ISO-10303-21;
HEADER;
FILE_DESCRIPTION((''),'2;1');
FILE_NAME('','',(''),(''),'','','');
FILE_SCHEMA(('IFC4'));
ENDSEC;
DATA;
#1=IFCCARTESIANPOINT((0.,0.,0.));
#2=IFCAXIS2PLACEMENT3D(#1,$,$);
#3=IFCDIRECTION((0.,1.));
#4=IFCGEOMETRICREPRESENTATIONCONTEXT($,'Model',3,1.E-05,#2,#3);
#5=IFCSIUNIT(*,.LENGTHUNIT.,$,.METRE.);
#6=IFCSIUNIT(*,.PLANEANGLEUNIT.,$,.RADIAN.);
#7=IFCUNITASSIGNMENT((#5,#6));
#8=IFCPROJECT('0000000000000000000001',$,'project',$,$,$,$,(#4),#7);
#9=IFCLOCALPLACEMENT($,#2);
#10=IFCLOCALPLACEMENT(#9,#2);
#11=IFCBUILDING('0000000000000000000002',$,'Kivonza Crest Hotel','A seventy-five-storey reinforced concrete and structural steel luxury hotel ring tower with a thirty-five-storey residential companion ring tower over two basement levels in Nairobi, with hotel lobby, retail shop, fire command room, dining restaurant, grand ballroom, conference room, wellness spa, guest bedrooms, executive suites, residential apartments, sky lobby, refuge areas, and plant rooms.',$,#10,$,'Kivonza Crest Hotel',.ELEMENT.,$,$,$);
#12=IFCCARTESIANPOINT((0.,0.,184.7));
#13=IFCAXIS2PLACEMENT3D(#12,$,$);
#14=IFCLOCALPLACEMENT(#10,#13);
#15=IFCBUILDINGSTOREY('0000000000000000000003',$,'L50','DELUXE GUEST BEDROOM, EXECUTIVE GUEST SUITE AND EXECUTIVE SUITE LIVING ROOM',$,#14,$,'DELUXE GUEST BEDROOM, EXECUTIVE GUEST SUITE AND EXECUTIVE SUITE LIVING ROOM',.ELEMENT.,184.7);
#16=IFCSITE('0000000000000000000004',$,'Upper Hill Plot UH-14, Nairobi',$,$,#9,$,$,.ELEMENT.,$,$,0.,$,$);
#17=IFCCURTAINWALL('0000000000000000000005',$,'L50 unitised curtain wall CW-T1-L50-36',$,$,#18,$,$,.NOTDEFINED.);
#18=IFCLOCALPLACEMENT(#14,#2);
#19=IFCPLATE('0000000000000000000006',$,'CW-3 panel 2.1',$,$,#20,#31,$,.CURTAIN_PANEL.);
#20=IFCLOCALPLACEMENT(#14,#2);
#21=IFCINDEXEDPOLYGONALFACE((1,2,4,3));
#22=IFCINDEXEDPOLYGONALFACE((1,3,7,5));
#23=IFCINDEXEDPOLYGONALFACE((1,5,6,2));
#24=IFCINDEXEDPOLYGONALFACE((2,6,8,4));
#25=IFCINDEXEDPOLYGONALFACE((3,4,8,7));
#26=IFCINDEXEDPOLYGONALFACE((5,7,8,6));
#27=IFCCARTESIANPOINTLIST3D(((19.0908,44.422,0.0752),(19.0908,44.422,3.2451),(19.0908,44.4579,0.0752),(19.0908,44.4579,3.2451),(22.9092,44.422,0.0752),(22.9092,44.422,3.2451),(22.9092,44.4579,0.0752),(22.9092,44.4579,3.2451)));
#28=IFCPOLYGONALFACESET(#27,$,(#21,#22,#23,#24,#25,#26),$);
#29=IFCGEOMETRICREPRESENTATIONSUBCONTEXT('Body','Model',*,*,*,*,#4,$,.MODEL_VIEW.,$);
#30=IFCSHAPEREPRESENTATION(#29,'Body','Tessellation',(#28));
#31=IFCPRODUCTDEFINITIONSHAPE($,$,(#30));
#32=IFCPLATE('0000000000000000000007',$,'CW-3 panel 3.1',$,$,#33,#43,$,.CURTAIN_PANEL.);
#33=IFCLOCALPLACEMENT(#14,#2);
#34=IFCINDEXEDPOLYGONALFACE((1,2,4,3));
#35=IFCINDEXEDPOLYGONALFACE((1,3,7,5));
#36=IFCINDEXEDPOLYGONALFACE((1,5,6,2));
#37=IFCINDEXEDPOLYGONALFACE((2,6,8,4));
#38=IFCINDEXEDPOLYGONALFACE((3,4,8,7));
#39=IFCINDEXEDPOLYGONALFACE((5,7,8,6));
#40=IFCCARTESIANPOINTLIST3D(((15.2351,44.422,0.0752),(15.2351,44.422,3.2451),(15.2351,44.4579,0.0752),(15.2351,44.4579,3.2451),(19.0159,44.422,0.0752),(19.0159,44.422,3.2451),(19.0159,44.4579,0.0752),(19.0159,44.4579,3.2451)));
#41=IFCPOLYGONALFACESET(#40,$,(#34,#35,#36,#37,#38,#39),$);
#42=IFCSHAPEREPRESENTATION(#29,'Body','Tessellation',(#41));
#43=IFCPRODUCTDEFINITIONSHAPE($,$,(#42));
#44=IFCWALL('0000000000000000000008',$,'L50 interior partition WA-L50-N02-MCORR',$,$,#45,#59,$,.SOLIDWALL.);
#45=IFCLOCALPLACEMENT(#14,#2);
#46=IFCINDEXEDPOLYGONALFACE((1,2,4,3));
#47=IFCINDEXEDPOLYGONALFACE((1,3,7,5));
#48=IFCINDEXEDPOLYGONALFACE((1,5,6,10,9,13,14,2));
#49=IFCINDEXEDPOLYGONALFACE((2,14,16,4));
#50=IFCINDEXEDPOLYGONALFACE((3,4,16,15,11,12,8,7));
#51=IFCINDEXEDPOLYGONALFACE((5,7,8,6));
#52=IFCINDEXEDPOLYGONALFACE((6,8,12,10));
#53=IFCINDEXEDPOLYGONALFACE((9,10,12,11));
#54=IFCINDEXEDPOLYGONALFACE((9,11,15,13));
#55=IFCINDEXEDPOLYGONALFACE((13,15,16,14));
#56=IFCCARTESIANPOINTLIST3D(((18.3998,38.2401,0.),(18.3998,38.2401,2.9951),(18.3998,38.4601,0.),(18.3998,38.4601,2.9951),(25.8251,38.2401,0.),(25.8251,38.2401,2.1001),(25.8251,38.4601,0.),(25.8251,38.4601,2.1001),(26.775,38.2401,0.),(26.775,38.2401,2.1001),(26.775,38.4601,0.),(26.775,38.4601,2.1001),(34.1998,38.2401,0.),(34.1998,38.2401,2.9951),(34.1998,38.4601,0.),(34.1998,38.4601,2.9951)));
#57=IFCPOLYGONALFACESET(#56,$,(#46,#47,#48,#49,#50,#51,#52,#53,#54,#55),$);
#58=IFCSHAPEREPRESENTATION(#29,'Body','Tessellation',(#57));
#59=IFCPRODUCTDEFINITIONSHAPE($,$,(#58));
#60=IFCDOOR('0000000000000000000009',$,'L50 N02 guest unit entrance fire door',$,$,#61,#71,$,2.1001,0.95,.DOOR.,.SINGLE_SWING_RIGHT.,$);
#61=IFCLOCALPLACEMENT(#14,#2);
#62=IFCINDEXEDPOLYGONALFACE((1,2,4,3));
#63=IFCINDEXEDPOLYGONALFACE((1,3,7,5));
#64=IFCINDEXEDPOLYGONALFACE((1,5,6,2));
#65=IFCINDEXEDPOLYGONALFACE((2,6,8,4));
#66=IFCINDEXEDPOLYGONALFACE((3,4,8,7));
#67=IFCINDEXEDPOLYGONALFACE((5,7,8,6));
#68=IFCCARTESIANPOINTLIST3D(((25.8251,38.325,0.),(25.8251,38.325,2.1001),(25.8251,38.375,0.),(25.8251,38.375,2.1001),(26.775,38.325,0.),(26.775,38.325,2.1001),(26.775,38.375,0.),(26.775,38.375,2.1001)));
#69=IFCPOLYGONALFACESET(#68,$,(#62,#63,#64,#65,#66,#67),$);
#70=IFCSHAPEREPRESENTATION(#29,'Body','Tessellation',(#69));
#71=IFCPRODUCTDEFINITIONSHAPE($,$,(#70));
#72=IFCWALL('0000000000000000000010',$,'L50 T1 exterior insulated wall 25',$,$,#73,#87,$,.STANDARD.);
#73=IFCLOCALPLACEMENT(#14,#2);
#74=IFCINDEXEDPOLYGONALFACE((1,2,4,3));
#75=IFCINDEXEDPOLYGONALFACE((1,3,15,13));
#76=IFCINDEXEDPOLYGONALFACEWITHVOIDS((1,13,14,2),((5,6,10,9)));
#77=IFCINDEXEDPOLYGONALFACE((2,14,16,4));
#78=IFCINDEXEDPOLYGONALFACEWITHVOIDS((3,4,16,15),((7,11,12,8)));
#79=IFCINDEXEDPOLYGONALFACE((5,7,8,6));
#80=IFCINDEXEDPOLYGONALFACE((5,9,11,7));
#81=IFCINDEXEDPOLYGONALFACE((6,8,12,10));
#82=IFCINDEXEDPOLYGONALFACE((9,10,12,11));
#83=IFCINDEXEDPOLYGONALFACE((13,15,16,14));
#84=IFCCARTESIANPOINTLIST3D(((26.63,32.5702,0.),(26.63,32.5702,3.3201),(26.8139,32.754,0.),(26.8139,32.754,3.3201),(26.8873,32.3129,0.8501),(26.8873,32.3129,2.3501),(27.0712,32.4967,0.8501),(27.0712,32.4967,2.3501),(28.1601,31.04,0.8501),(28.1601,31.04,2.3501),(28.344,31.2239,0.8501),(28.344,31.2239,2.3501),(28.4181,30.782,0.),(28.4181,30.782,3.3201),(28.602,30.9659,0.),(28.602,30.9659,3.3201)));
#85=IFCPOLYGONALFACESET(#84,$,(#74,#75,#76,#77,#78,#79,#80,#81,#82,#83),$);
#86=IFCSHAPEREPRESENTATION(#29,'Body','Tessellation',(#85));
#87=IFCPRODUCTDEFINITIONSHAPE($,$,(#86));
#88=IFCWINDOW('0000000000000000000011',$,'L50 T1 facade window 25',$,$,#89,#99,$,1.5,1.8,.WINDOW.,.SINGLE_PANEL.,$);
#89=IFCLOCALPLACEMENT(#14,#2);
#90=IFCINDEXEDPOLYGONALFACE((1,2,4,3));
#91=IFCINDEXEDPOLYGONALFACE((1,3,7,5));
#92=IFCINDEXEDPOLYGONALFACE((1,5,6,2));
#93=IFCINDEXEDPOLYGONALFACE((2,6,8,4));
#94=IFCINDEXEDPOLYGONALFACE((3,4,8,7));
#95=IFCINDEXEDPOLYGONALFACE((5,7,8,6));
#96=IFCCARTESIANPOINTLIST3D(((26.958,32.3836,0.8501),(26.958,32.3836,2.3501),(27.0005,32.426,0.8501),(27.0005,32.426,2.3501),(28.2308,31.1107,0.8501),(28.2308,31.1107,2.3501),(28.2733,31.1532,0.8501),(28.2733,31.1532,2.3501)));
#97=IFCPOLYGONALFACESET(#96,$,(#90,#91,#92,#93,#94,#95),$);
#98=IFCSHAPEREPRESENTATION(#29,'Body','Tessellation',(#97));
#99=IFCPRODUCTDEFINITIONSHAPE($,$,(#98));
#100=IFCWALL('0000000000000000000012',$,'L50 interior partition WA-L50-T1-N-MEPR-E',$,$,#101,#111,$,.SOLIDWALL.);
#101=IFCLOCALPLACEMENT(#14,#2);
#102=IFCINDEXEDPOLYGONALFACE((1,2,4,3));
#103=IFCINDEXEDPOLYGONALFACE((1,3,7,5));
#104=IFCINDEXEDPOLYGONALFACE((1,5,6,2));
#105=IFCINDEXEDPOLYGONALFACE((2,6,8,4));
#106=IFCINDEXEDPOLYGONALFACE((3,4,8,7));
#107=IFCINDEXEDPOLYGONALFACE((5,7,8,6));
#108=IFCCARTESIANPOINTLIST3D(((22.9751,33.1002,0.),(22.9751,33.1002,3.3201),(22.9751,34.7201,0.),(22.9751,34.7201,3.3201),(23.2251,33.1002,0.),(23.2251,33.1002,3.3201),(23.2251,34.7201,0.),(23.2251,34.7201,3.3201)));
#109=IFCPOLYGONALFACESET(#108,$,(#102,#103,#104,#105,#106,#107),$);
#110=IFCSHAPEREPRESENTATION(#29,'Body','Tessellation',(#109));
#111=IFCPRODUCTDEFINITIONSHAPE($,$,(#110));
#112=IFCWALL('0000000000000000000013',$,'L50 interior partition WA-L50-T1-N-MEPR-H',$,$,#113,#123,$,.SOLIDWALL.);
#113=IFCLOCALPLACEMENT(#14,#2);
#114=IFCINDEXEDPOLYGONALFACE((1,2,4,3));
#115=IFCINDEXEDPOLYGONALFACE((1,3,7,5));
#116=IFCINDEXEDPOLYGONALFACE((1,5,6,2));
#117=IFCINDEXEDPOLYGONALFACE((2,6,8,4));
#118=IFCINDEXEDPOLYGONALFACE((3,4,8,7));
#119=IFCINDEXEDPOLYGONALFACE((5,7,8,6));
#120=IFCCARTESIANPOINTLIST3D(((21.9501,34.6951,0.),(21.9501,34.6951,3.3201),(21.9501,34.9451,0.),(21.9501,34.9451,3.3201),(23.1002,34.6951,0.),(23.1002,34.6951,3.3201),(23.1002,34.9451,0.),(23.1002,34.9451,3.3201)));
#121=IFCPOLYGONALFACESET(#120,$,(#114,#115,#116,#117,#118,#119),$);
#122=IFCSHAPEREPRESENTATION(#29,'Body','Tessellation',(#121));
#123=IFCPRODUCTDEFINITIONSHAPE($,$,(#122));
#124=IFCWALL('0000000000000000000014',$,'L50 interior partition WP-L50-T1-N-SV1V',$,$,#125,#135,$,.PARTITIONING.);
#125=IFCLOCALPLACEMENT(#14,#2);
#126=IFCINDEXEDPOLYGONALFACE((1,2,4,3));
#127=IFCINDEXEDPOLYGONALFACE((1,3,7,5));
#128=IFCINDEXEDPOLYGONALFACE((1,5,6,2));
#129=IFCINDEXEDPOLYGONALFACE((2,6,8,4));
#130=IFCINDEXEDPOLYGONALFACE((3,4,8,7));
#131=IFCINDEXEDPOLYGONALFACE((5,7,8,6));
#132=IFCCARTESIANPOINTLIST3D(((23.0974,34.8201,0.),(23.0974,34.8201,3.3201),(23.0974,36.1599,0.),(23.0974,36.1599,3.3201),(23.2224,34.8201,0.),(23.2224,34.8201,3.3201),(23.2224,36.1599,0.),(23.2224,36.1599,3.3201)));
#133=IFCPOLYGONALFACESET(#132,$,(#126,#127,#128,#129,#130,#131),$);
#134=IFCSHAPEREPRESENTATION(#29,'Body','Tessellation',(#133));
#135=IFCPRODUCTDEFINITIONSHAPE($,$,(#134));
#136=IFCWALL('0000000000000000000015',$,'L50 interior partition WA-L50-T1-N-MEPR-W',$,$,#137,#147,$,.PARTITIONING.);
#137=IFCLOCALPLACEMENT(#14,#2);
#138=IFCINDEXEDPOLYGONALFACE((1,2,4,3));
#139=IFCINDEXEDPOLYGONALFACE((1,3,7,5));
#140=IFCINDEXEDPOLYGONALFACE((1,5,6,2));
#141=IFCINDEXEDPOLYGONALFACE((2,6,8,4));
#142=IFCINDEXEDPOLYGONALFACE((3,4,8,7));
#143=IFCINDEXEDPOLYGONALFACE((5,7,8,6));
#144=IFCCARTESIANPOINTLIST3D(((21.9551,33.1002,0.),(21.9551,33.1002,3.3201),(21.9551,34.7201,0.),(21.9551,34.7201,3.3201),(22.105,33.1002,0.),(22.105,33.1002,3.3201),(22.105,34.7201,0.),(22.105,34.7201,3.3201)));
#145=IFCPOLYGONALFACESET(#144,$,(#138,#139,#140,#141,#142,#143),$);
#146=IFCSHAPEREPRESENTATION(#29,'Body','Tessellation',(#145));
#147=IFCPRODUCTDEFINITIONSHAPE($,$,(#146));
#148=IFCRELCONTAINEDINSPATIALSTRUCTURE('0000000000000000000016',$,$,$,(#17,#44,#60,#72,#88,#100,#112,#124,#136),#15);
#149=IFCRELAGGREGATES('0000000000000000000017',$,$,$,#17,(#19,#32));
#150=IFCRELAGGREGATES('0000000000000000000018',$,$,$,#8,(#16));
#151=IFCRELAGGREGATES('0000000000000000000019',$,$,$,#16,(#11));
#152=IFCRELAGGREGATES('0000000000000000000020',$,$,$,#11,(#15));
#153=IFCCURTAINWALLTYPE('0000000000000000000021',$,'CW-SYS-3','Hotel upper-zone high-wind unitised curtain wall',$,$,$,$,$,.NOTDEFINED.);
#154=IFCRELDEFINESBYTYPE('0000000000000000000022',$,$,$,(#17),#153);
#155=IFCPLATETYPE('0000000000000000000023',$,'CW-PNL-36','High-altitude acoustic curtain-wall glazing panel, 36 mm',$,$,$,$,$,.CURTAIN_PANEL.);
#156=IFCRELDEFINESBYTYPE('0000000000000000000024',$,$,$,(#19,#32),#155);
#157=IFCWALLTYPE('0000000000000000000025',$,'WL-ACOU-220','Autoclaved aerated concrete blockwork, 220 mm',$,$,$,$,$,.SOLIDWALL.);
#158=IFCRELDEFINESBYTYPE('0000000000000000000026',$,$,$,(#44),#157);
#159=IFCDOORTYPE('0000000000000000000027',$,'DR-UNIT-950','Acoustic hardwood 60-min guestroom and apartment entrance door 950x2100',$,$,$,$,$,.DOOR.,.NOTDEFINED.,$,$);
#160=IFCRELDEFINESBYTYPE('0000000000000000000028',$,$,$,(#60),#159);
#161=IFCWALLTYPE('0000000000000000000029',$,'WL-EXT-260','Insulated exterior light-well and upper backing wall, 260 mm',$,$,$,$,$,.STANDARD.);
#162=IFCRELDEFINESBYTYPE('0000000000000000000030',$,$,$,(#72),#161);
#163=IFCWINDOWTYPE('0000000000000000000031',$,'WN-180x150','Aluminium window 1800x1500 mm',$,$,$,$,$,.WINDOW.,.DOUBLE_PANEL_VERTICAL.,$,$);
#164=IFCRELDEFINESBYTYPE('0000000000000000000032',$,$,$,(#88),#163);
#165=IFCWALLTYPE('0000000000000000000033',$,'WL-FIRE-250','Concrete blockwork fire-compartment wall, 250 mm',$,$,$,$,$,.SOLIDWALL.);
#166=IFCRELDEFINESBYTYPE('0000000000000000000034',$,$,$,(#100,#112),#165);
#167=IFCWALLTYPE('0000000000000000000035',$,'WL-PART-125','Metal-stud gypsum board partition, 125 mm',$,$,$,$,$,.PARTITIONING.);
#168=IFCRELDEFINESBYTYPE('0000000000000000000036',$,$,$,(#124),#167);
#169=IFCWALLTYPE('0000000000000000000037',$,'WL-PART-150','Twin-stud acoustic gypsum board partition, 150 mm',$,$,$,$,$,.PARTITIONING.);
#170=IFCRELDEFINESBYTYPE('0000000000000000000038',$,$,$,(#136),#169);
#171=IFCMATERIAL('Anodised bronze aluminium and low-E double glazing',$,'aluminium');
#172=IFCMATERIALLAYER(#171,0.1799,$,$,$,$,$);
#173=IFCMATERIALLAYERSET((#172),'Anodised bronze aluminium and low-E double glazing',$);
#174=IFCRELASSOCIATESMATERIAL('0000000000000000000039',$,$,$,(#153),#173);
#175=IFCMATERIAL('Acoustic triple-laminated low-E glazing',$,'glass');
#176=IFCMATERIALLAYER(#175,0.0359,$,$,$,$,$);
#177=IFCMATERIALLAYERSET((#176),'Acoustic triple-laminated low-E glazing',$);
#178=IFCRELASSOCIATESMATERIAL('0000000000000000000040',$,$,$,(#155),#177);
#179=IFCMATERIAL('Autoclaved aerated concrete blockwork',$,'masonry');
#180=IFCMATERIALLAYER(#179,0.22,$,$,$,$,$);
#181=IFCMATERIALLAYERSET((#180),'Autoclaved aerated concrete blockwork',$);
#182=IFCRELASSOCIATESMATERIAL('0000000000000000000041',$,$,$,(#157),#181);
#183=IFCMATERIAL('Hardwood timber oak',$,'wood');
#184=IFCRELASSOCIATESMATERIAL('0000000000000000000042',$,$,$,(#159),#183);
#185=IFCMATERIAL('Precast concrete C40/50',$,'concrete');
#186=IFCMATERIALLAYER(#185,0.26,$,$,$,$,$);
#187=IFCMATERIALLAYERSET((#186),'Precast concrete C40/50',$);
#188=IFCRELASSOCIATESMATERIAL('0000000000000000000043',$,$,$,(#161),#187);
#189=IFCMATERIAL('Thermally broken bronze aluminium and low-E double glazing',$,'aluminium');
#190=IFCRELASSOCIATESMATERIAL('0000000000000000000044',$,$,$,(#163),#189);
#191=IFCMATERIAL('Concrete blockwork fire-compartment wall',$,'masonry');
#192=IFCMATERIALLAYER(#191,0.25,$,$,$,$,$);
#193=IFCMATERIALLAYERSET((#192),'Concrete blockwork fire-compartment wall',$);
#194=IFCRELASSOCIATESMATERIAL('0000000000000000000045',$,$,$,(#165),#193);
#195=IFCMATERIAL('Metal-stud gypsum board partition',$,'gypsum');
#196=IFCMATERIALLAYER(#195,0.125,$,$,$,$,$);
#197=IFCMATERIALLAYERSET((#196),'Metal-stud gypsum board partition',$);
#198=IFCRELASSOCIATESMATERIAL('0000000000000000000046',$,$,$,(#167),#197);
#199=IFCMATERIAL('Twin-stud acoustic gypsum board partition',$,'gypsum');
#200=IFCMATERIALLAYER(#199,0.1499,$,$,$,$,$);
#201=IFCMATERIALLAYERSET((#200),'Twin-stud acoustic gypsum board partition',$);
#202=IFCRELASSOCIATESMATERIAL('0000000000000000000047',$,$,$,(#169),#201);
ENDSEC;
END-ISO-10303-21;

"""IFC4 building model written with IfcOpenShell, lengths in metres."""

from ifc_helpers import new_model, si_unit, direction, frame, frame_2d, origin, origin_2d, place, context, subcontext, project, spatial, rectangle, extrude, material, layer, layer_set, type_object, element, fill, aggregate, save


model = new_model("IFC4")

# Units and contexts
model_context = context("Model", 3, precision=1e-05, world=origin(), true_north=direction((0.0, 1.0)))
body_context = subcontext(model_context, "Body", "Model", "MODEL_VIEW")
ifc_project = project(units=[si_unit("LENGTHUNIT", "METRE"), si_unit("PLANEANGLEUNIT", "RADIAN")], contexts=[model_context])

# Site, building, storey
site_placement = place(None, origin())
site = spatial("IfcSite", under=ifc_project, at=site_placement, Name="Upper Hill Plot UH-14, Nairobi", CompositionType="ELEMENT", RefElevation=0.0)
building_placement = place(site_placement, origin())
building = spatial("IfcBuilding", under=site, at=building_placement, Name="Kivonza Crest Hotel", Description="A seventy-five-storey reinforced concrete and structural steel luxury hotel ring tower with a thirty-five-storey residential companion ring tower over two basement levels in Nairobi, with hotel lobby, retail shop, fire command room, dining restaurant, grand ballroom, conference room, wellness spa, guest bedrooms, executive suites, residential apartments, sky lobby, refuge areas, and plant rooms.", LongName="Kivonza Crest Hotel", CompositionType="ELEMENT")
storey_placement = place(building_placement, frame((0.0, 0.0, 184.7)))
storey = spatial("IfcBuildingStorey", under=building, at=storey_placement, Name="L50", Description="DELUXE GUEST BEDROOM, EXECUTIVE GUEST SUITE AND EXECUTIVE SUITE LIVING ROOM", LongName="DELUXE GUEST BEDROOM, EXECUTIVE GUEST SUITE AND EXECUTIVE SUITE LIVING ROOM", CompositionType="ELEMENT", Elevation=184.7)

# Curtain wall, plates
ifc_material_1 = material(Name="Anodised bronze aluminium and low-E double glazing", Category="aluminium")
ifc_layer_1 = layer(ifc_material_1, 0.1799)
ifc_layer_set_1 = layer_set([ifc_layer_1], Name="Anodised bronze aluminium and low-E double glazing")
curtain_wall_type = type_object("IfcCurtainWallType", Name="CW-SYS-3", Description="Hotel upper-zone high-wind unitised curtain wall", PredefinedType="NOTDEFINED", material=ifc_layer_set_1)
curtain_wall_placement = place(storey_placement, origin())
curtain_wall = element("IfcCurtainWall", 1, at=curtain_wall_placement, inside=storey, type_object=curtain_wall_type, Name="L50 unitised curtain wall CW-T1-L50-36", PredefinedType="NOTDEFINED")
ifc_material_2 = material(Name="Acoustic triple-laminated low-E glazing", Category="glass")
ifc_layer_2 = layer(ifc_material_2, 0.0359)
ifc_layer_set_2 = layer_set([ifc_layer_2], Name="Acoustic triple-laminated low-E glazing")
plate_type = type_object("IfcPlateType", Name="CW-PNL-36", Description="High-altitude acoustic curtain-wall glazing panel, 36 mm", PredefinedType="CURTAIN_PANEL", material=ifc_layer_set_2)
plate_1_placement = place(storey_placement, frame((21.0, 44.4399, 0.0752), z_axis=(0.0, 0.0, 1.0), x_axis=(-1.0, 0.0, 0.0)))
plate_1 = element("IfcPlate", 2, at=plate_1_placement, type_object=plate_type, Name="CW-3 panel 2.1", PredefinedType="CURTAIN_PANEL", context=body_context, shape_type="SweptSolid", body=[
    extrude(rectangle(XDim=3.8184, YDim=0.0359, at=origin_2d()), origin(), (0.0, 0.0, 1.0), 3.1699),
])
plate_2_placement = place(storey_placement, frame((17.1255, 44.4399, 0.0752), z_axis=(0.0, 0.0, 1.0), x_axis=(-1.0, 0.0, 0.0)))
plate_2 = element("IfcPlate", 3, at=plate_2_placement, type_object=plate_type, Name="CW-3 panel 3.1", PredefinedType="CURTAIN_PANEL", context=body_context, shape_type="SweptSolid", body=[
    extrude(rectangle(XDim=3.7808, YDim=0.0359, at=origin_2d()), origin(), (0.0, 0.0, 1.0), 3.1699),
])
aggregate(curtain_wall, [plate_1, plate_2])

# Wall, opening, door
ifc_material_3 = material(Name="Autoclaved aerated concrete blockwork", Category="masonry")
ifc_layer_3 = layer(ifc_material_3, 0.22)
ifc_layer_set_3 = layer_set([ifc_layer_3], Name="Autoclaved aerated concrete blockwork")
wall_type_1 = type_object("IfcWallType", Name="WL-ACOU-220", Description="Autoclaved aerated concrete blockwork, 220 mm", PredefinedType="SOLIDWALL", material=ifc_layer_set_3)
wall_1_placement = place(storey_placement, frame((18.3999, 38.3501, 0.0), z_axis=(0.0, 0.0, 1.0), x_axis=(1.0, 0.0, 0.0)))
wall_1 = element("IfcWall", 4, at=wall_1_placement, inside=storey, type_object=wall_type_1, Name="L50 interior partition WA-L50-N02-MCORR", PredefinedType="SOLIDWALL", context=body_context, shape_type="SweptSolid", body=[
    extrude(rectangle(XDim=15.8, YDim=0.22, at=frame_2d((7.8999, 0.0))), origin(), (0.0, 0.0, 1.0), 2.9951),
])
opening_1_placement = place(wall_1_placement, frame((7.425, 0.0, 0.0)))
opening_1 = element("IfcOpeningElement", 5, at=opening_1_placement, cuts=wall_1, PredefinedType="OPENING", context=body_context, shape_type="SweptSolid", body=[
    extrude(rectangle(XDim=0.95, YDim=2.1001, at=frame_2d((0.4751, 1.05))), frame((0.0, 0.1201, 0.0), z_axis=(0.0, -1.0, 0.0), x_axis=(1.0, 0.0, 0.0)), (0.0, 0.0, 1.0), 0.24),
])
ifc_material_4 = material(Name="Hardwood timber oak", Category="wood")
door_type_1 = type_object("IfcDoorType", Name="DR-UNIT-950", Description="Acoustic hardwood 60-min guestroom and apartment entrance door 950x2100", OperationType="NOTDEFINED", PredefinedType="DOOR", material=ifc_material_4)
door_1_placement = place(opening_1_placement, origin())
door_1 = element("IfcDoor", 6, at=door_1_placement, inside=storey, type_object=door_type_1, Name="L50 N02 guest unit entrance fire door", OperationType="SINGLE_SWING_RIGHT", OverallHeight=2.1001, OverallWidth=0.95, PredefinedType="DOOR", context=body_context, shape_type="SweptSolid", body=[
    extrude(rectangle(XDim=0.95, YDim=2.1001, at=frame_2d((0.4751, 1.05))), frame((0.0, 0.0249, 0.0), z_axis=(0.0, -1.0, 0.0), x_axis=(1.0, 0.0, 0.0)), (0.0, 0.0, 1.0), 0.05),
])
fill(opening_1, door_1)

# Wall, opening, window
ifc_material_5 = material(Name="Precast concrete C40/50", Category="concrete")
ifc_layer_4 = layer(ifc_material_5, 0.26)
ifc_layer_set_4 = layer_set([ifc_layer_4], Name="Precast concrete C40/50")
wall_type_2 = type_object("IfcWallType", Name="WL-EXT-260", Description="Insulated exterior light-well and upper backing wall, 260 mm", PredefinedType="STANDARD", material=ifc_layer_set_4)
wall_2_placement = place(storey_placement, frame((26.7219, 32.6621, 0.0), z_axis=(0.0, 0.0, 1.0), x_axis=(0.707107, -0.707107, 0.0)))
wall_2 = element("IfcWall", 7, at=wall_2_placement, inside=storey, type_object=wall_type_2, Name="L50 T1 exterior insulated wall 25", PredefinedType="STANDARD", context=body_context, shape_type="SweptSolid", body=[
    extrude(rectangle(XDim=2.5288, YDim=0.26, at=frame_2d((1.2644, 0.0))), origin(), (0.0, 0.0, 1.0), 3.3201),
])
opening_2_placement = place(wall_2_placement, frame((0.364, 0.0, 0.8501)))
opening_2 = element("IfcOpeningElement", 8, at=opening_2_placement, cuts=wall_2, PredefinedType="OPENING", context=body_context, shape_type="SweptSolid", body=[
    extrude(rectangle(XDim=1.8, YDim=1.5, at=frame_2d((0.8999, 0.75))), frame((0.0, 0.1401, 0.0), z_axis=(0.0, -1.0, 0.0), x_axis=(1.0, 0.0, 0.0)), (0.0, 0.0, 1.0), 0.28),
])
ifc_material_6 = material(Name="Thermally broken bronze aluminium and low-E double glazing", Category="aluminium")
window_type = type_object("IfcWindowType", Name="WN-180x150", Description="Aluminium window 1800x1500 mm", PartitioningType="DOUBLE_PANEL_VERTICAL", PredefinedType="WINDOW", material=ifc_material_6)
window_placement = place(opening_2_placement, origin())
window = element("IfcWindow", 9, at=window_placement, inside=storey, type_object=window_type, Name="L50 T1 facade window 25", OverallHeight=1.5, OverallWidth=1.8, PartitioningType="SINGLE_PANEL", PredefinedType="WINDOW", context=body_context, shape_type="SweptSolid", body=[
    extrude(rectangle(XDim=1.8, YDim=1.5, at=frame_2d((0.8999, 0.75))), frame((0.0, 0.03, 0.0), z_axis=(0.0, -1.0, 0.0), x_axis=(1.0, 0.0, 0.0)), (0.0, 0.0, 1.0), 0.0601),
])
fill(opening_2, window)

# Walls
ifc_material_7 = material(Name="Concrete blockwork fire-compartment wall", Category="masonry")
ifc_layer_5 = layer(ifc_material_7, 0.25)
ifc_layer_set_5 = layer_set([ifc_layer_5], Name="Concrete blockwork fire-compartment wall")
wall_type_3 = type_object("IfcWallType", Name="WL-FIRE-250", Description="Concrete blockwork fire-compartment wall, 250 mm", PredefinedType="SOLIDWALL", material=ifc_layer_set_5)
wall_3_placement = place(storey_placement, frame((23.1001, 33.1001, 0.0), z_axis=(0.0, 0.0, 1.0), x_axis=(0.0, 1.0, 0.0)))
element("IfcWall", 10, at=wall_3_placement, inside=storey, type_object=wall_type_3, Name="L50 interior partition WA-L50-T1-N-MEPR-E", PredefinedType="SOLIDWALL", context=body_context, shape_type="SweptSolid", body=[
    extrude(rectangle(XDim=1.6199, YDim=0.25, at=frame_2d((0.8101, 0.0))), origin(), (0.0, 0.0, 1.0), 3.3201),
])
wall_4_placement = place(storey_placement, frame((21.95, 34.8201, 0.0), z_axis=(0.0, 0.0, 1.0), x_axis=(1.0, 0.0, 0.0)))
element("IfcWall", 11, at=wall_4_placement, inside=storey, type_object=wall_type_3, Name="L50 interior partition WA-L50-T1-N-MEPR-H", PredefinedType="SOLIDWALL", context=body_context, shape_type="SweptSolid", body=[
    extrude(rectangle(XDim=1.1501, YDim=0.25, at=frame_2d((0.5752, 0.0))), origin(), (0.0, 0.0, 1.0), 3.3201),
])
ifc_material_8 = material(Name="Metal-stud gypsum board partition", Category="gypsum")
ifc_layer_6 = layer(ifc_material_8, 0.125)
ifc_layer_set_6 = layer_set([ifc_layer_6], Name="Metal-stud gypsum board partition")
wall_type_4 = type_object("IfcWallType", Name="WL-PART-125", Description="Metal-stud gypsum board partition, 125 mm", PredefinedType="PARTITIONING", material=ifc_layer_set_6)
wall_5_placement = place(storey_placement, frame((23.1599, 34.8201, 0.0), z_axis=(0.0, 0.0, 1.0), x_axis=(0.0, 1.0, 0.0)))
element("IfcWall", 12, at=wall_5_placement, inside=storey, type_object=wall_type_4, Name="L50 interior partition WP-L50-T1-N-SV1V", PredefinedType="PARTITIONING", context=body_context, shape_type="SweptSolid", body=[
    extrude(rectangle(XDim=1.3398, YDim=0.125, at=frame_2d((0.6699, 0.0))), origin(), (0.0, 0.0, 1.0), 3.3201),
])
ifc_material_9 = material(Name="Twin-stud acoustic gypsum board partition", Category="gypsum")
ifc_layer_7 = layer(ifc_material_9, 0.1499)
ifc_layer_set_7 = layer_set([ifc_layer_7], Name="Twin-stud acoustic gypsum board partition")
wall_type_5 = type_object("IfcWallType", Name="WL-PART-150", Description="Twin-stud acoustic gypsum board partition, 150 mm", PredefinedType="PARTITIONING", material=ifc_layer_set_7)
wall_6_placement = place(storey_placement, frame((22.03, 33.1001, 0.0), z_axis=(0.0, 0.0, 1.0), x_axis=(0.0, 1.0, 0.0)))
element("IfcWall", 13, at=wall_6_placement, inside=storey, type_object=wall_type_5, Name="L50 interior partition WA-L50-T1-N-MEPR-W", PredefinedType="PARTITIONING", context=body_context, shape_type="SweptSolid", body=[
    extrude(rectangle(XDim=1.6199, YDim=0.1499, at=frame_2d((0.8101, 0.0))), origin(), (0.0, 0.0, 1.0), 3.3201),
])

save(model, "model.ifc")
